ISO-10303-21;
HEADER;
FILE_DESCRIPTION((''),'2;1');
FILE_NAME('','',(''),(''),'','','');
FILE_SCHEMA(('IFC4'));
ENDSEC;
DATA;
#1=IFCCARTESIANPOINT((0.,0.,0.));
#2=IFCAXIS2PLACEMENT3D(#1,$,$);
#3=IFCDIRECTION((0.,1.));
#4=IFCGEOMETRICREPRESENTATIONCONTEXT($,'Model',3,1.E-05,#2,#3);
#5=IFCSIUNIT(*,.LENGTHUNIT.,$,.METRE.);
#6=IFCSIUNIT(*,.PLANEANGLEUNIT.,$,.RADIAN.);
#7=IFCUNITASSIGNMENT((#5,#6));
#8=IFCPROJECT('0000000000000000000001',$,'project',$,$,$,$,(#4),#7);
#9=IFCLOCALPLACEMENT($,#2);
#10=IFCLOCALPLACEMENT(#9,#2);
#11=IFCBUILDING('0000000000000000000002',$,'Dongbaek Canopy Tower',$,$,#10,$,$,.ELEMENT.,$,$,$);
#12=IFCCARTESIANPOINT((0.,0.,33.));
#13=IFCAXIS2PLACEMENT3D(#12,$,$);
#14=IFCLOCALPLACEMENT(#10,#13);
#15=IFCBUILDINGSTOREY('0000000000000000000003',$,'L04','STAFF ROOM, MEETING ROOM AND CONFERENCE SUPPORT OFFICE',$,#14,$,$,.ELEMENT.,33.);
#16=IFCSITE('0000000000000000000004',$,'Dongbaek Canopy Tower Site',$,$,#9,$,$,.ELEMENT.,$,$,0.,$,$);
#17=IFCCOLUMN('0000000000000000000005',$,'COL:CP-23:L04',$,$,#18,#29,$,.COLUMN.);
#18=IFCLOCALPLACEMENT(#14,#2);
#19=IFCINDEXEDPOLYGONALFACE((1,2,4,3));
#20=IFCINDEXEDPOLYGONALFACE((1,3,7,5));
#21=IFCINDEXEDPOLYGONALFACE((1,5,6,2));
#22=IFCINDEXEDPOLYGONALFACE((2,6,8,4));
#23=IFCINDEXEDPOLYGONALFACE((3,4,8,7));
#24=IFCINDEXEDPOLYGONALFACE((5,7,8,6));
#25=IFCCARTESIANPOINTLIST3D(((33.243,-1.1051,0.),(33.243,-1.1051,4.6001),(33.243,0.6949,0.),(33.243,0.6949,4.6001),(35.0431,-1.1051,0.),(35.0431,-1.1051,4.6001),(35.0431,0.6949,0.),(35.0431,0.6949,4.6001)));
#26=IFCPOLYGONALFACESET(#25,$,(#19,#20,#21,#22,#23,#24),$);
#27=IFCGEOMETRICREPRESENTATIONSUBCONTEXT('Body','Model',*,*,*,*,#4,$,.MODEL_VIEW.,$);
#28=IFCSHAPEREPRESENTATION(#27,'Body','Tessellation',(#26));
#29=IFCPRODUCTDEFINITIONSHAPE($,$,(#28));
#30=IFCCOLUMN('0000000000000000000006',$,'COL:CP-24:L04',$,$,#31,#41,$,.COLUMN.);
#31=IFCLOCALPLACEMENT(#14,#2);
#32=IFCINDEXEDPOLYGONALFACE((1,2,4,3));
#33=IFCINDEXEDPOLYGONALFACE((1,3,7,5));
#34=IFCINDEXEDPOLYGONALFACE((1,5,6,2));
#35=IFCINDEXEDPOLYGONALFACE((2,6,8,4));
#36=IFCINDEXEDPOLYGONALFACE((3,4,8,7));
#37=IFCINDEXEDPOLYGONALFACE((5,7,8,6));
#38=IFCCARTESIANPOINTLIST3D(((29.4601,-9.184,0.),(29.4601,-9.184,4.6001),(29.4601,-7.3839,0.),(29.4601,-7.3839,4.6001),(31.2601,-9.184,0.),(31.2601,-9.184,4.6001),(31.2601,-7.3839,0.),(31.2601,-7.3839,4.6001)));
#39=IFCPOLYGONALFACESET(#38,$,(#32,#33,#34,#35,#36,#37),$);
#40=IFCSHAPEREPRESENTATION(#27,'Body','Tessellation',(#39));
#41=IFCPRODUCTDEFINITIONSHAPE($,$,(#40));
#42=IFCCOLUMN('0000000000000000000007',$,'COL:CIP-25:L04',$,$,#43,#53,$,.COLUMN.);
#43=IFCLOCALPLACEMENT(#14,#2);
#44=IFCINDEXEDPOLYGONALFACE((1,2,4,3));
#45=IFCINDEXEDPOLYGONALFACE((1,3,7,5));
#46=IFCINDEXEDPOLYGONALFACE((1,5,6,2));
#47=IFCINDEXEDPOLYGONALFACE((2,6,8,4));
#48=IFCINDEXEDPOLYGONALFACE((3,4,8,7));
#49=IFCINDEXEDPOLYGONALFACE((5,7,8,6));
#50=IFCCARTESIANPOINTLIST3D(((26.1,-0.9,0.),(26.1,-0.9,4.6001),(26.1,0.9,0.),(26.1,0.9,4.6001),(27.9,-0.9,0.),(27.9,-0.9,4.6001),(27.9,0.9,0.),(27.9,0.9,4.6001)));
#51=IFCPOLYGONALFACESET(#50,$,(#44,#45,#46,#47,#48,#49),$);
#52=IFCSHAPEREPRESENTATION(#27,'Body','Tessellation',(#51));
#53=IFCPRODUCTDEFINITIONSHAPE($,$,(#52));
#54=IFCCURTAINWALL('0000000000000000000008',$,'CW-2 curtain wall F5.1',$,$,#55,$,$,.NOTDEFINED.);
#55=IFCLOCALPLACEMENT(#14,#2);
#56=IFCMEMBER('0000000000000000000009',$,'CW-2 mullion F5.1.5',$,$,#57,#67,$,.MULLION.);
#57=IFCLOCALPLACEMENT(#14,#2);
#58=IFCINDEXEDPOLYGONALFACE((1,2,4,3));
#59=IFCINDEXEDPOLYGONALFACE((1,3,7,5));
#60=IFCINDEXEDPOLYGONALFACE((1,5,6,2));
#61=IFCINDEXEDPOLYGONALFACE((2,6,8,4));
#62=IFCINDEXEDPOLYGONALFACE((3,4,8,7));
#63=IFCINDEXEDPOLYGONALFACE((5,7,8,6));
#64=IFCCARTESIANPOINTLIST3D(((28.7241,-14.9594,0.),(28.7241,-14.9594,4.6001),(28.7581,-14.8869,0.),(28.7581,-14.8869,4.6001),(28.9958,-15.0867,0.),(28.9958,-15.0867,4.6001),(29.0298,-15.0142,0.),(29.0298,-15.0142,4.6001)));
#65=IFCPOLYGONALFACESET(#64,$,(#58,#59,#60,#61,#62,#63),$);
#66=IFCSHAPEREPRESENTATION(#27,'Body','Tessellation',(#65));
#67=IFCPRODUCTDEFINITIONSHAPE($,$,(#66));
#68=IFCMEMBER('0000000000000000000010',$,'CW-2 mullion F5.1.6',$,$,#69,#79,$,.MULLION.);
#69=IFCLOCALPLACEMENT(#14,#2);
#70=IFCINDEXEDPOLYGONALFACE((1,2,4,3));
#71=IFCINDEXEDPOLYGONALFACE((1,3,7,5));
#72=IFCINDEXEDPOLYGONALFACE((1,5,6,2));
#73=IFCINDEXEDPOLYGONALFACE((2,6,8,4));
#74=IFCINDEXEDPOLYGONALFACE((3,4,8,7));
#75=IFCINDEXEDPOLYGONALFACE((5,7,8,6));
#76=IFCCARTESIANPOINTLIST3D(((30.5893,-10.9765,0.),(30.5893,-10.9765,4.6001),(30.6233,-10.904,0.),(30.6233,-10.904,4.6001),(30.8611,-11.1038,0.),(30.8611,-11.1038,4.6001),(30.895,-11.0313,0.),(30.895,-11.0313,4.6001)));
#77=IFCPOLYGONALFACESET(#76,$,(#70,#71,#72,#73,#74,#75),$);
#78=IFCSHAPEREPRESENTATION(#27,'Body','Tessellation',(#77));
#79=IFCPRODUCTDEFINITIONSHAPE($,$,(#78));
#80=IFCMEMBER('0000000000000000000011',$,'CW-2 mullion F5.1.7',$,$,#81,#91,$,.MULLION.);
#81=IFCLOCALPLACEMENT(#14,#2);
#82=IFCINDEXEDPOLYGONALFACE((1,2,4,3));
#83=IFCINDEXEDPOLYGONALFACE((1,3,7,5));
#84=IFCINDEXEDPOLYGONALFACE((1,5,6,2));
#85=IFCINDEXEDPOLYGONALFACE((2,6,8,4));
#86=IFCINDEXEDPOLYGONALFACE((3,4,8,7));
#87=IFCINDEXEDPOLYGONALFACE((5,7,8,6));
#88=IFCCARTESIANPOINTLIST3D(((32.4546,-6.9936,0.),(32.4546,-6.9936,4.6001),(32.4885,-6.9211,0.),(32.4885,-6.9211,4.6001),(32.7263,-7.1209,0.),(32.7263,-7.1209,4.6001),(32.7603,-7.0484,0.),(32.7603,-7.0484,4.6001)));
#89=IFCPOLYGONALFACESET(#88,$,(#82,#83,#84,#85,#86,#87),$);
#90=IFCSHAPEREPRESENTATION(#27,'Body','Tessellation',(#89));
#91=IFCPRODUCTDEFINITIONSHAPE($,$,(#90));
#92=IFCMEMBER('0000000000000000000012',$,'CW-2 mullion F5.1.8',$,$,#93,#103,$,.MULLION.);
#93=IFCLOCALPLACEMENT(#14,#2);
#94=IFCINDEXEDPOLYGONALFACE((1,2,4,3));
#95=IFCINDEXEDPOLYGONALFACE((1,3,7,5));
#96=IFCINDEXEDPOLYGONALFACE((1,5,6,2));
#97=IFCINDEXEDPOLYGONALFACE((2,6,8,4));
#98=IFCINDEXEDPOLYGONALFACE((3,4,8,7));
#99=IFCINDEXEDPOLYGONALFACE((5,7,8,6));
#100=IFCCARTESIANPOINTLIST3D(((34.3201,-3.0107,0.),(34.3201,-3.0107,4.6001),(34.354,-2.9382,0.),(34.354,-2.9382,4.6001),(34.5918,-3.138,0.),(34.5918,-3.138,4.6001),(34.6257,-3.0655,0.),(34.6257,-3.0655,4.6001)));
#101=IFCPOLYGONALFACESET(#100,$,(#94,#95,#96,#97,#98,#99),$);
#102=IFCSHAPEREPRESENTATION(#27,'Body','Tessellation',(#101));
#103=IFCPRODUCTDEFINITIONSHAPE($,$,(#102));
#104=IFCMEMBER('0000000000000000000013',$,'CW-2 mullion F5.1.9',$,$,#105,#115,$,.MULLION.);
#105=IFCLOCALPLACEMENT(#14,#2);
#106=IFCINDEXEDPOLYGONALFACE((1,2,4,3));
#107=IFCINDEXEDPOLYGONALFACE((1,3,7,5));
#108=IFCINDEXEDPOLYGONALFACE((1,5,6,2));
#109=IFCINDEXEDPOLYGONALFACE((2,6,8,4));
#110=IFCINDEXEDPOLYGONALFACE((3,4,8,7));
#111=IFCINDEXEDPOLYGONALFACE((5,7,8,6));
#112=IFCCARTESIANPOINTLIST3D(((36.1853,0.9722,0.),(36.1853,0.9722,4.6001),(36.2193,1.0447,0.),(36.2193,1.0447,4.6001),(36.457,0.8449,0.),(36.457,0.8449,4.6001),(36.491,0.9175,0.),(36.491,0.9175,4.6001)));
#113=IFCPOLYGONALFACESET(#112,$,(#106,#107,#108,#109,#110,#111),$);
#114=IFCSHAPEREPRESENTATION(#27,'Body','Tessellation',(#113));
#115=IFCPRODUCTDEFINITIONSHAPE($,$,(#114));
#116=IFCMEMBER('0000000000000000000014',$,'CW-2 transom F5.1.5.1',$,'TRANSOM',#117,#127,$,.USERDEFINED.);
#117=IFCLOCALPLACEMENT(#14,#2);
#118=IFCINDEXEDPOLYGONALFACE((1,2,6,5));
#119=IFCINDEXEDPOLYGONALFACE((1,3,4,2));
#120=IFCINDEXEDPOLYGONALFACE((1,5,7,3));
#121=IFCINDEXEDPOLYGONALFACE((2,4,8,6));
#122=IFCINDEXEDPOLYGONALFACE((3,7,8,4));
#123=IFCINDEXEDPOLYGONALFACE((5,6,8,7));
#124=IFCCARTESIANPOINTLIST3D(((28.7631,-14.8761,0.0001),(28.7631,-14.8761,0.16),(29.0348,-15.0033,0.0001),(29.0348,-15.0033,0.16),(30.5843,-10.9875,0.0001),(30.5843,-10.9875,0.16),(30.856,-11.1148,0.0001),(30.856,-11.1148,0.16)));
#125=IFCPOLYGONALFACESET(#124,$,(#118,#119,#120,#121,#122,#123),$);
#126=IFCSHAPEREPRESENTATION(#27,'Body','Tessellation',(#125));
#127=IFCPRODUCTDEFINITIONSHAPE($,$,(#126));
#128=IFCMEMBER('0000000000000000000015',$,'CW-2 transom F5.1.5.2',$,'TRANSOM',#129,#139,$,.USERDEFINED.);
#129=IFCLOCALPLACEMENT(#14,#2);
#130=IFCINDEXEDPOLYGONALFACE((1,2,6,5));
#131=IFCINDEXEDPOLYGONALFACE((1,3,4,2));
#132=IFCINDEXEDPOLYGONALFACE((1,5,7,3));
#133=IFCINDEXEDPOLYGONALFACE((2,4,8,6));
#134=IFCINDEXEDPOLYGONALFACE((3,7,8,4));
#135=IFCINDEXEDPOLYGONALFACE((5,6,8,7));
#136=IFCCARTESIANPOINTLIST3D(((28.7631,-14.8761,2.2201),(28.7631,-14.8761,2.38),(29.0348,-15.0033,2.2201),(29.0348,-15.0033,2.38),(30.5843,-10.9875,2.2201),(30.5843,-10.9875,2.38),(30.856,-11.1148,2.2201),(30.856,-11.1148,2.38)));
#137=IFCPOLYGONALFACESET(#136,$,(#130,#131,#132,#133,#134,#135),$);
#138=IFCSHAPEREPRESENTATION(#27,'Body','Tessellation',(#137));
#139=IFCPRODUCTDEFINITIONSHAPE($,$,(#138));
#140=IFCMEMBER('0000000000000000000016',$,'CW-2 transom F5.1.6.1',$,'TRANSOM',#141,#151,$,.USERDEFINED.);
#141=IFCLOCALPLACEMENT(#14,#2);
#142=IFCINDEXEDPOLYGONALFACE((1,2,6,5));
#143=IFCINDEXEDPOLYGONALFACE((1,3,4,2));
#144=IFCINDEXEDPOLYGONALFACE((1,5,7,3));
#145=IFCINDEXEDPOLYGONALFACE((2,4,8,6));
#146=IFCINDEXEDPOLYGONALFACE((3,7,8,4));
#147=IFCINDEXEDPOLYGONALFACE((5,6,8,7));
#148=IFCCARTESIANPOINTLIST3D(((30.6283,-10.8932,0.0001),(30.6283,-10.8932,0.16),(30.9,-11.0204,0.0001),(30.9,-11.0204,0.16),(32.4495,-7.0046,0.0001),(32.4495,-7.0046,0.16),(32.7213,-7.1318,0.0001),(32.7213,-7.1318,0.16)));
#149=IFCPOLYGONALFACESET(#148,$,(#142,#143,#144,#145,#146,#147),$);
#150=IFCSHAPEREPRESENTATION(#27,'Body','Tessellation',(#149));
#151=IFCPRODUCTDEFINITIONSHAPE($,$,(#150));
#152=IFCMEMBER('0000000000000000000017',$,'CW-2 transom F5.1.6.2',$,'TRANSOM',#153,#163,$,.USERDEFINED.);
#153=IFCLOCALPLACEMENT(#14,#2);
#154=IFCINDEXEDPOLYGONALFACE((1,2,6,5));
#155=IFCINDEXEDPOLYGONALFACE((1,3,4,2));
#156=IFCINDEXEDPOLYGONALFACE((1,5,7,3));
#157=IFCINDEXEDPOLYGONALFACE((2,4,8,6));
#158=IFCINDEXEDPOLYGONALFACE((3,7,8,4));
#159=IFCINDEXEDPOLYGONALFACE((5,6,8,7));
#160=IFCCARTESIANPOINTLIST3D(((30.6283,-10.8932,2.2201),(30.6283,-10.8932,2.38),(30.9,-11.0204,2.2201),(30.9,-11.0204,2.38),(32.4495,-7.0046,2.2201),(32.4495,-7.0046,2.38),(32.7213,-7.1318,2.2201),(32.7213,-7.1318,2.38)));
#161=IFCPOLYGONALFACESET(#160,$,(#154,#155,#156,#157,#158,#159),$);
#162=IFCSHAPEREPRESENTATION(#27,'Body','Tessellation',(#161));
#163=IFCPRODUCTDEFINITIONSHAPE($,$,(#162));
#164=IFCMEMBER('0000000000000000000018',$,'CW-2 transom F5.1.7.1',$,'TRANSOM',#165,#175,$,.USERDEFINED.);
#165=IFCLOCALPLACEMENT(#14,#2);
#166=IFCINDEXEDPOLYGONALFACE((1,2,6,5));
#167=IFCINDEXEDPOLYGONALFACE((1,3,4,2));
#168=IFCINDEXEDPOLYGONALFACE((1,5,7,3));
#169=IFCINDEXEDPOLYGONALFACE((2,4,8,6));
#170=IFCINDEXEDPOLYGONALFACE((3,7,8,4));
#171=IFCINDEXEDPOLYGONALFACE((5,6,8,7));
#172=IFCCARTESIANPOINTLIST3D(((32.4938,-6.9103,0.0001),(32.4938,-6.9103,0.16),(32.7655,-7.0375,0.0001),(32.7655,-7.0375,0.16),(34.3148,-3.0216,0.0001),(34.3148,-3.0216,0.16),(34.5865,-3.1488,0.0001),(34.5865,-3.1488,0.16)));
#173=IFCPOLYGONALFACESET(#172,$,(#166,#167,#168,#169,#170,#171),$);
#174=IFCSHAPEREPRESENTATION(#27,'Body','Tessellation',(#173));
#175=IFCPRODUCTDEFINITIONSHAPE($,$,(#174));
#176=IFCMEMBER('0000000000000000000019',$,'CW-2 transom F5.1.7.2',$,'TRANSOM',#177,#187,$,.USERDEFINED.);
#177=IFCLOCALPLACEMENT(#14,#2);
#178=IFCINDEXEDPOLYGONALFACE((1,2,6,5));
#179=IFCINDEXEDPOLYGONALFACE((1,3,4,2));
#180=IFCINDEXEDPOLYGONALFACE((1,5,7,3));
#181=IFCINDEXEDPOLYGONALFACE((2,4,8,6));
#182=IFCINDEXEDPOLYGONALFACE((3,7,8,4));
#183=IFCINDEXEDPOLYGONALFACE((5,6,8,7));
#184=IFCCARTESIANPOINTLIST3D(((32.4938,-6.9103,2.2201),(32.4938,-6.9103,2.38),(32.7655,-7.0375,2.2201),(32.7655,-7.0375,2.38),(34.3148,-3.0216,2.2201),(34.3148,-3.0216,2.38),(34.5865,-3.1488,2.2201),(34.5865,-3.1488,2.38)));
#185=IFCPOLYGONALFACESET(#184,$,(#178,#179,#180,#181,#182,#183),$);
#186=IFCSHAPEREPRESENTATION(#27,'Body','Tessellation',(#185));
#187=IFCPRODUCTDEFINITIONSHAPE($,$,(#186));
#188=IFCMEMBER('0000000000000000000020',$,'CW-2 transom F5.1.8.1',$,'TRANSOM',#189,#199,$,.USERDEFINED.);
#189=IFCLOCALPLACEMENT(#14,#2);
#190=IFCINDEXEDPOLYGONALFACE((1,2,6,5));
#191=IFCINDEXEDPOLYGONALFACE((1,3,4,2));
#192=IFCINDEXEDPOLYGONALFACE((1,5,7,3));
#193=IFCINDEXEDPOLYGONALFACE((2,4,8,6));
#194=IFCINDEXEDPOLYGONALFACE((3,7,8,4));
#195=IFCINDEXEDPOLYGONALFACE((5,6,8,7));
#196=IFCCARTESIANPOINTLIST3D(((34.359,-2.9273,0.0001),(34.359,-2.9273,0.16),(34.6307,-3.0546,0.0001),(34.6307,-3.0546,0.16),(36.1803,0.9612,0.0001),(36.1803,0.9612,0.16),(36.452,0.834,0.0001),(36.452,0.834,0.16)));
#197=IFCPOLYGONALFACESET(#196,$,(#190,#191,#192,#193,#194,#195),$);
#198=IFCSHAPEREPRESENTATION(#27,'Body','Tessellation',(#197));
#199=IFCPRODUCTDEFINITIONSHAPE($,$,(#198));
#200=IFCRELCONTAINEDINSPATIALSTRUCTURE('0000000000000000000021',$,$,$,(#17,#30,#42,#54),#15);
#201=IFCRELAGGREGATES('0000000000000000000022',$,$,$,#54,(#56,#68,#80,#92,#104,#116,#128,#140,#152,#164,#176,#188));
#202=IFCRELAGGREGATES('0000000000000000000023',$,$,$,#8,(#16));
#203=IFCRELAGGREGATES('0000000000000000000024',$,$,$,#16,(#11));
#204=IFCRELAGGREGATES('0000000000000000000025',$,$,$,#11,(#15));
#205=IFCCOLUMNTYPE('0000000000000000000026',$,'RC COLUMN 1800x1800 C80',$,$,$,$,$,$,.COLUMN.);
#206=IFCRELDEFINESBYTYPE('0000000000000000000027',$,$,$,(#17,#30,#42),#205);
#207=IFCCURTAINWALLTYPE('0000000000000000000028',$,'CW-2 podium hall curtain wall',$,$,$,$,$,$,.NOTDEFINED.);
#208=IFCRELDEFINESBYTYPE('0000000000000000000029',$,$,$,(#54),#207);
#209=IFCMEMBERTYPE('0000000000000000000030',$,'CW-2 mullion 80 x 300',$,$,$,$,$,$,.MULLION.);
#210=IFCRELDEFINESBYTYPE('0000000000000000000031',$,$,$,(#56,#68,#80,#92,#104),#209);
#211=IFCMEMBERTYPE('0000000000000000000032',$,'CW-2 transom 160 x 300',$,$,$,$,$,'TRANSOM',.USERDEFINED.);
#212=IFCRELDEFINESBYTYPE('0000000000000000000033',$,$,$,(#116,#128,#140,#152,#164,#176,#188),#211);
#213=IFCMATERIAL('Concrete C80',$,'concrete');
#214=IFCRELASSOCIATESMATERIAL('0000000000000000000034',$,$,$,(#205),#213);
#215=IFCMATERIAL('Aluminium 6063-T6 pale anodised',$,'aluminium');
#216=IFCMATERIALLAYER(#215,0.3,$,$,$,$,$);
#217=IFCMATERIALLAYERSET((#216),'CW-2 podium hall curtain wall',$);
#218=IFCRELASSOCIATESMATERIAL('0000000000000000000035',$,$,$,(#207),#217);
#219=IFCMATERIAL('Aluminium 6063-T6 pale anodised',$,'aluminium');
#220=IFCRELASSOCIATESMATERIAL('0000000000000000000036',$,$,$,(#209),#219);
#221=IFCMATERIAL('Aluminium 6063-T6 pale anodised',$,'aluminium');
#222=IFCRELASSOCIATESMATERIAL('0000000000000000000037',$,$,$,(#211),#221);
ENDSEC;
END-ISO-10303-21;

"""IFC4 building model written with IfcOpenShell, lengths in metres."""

from ifc_helpers import new_model, si_unit, direction, frame, origin, origin_2d, place, context, subcontext, project, spatial, rectangle, extrude, material, layer, layer_set, material_profile, profile_set, type_object, element, aggregate, save


model = new_model("IFC4")

# Units and contexts
model_context = context("Model", 3, precision=1e-05, world=origin(), true_north=direction((0.0, 1.0)))
body_context = subcontext(model_context, "Body", "Model", "MODEL_VIEW")
ifc_project = project(units=[si_unit("LENGTHUNIT", "METRE"), si_unit("PLANEANGLEUNIT", "RADIAN")], contexts=[model_context])

# Site, building, storey
site_placement = place(None, origin())
site = spatial("IfcSite", under=ifc_project, at=site_placement, Name="Dongbaek Canopy Tower Site", CompositionType="ELEMENT", RefElevation=0.0)
building_placement = place(site_placement, origin())
building = spatial("IfcBuilding", under=site, at=building_placement, Name="Dongbaek Canopy Tower", CompositionType="ELEMENT")
storey_placement = place(building_placement, frame((0.0, 0.0, 33.0)))
storey = spatial("IfcBuildingStorey", under=building, at=storey_placement, Name="L04", Description="STAFF ROOM, MEETING ROOM AND CONFERENCE SUPPORT OFFICE", CompositionType="ELEMENT", Elevation=33.0)

# Columns
ifc_material_1 = material(Name="Concrete C80", Category="concrete")
ifc_material_profile_1 = material_profile(ifc_material_1, rectangle(XDim=1.8, YDim=1.8, at=origin_2d()), Name="RC COLUMN 1800x1800 C80")
ifc_profile_set_1 = profile_set([ifc_material_profile_1], Name="Concrete C80")
column_type = type_object("IfcColumnType", Name="RC COLUMN 1800x1800 C80", PredefinedType="COLUMN", material=ifc_profile_set_1)
for number, where, z_axis, x_axis, name in (
    (1, (34.1431, -0.2051, 0.0), (0.0, 0.0, 1.0), (1.0, 0.0, 0.0), "COL:CP-23:L04"),
    (2, (30.3601, -8.2839, 0.0), (0.0, 0.0, 1.0), (1.0, 0.0, 0.0), "COL:CP-24:L04"),
    (3, (27.0, 0.0, 0.0), (0.0, 0.0, 1.0), (1.0, 0.0, 0.0), "COL:CIP-25:L04"),
):
    element("IfcColumn", number, at=place(storey_placement, frame(where, z_axis=z_axis, x_axis=x_axis)), inside=storey, type_object=column_type, Name=name, PredefinedType="COLUMN", context=body_context, shape_type="SweptSolid", body=[
        extrude(rectangle(XDim=1.8, YDim=1.8, at=origin_2d()), origin(), (0.0, 0.0, 1.0), 4.6001),
    ])

# Curtain wall, members
ifc_material_2 = material(Name="Aluminium 6063-T6 pale anodised", Category="aluminium")
ifc_layer_1 = layer(ifc_material_2, 0.3)
ifc_layer_set_1 = layer_set([ifc_layer_1], Name="CW-2 podium hall curtain wall")
curtain_wall_type = type_object("IfcCurtainWallType", Name="CW-2 podium hall curtain wall", PredefinedType="NOTDEFINED", material=ifc_layer_set_1)
curtain_wall_placement = place(storey_placement, origin())
curtain_wall = element("IfcCurtainWall", 4, at=curtain_wall_placement, inside=storey, type_object=curtain_wall_type, Name="CW-2 curtain wall F5.1", PredefinedType="NOTDEFINED")
ifc_material_3 = material(Name="Aluminium 6063-T6 pale anodised", Category="aluminium")
ifc_material_profile_2 = material_profile(ifc_material_3, rectangle(XDim=0.3, YDim=0.0801, at=origin_2d()), Name="CW-2 mullion 80 x 300")
ifc_profile_set_2 = profile_set([ifc_material_profile_2], Name="Aluminium 6063-T6 pale anodised")
member_type_1 = type_object("IfcMemberType", Name="CW-2 mullion 80 x 300", PredefinedType="MULLION", material=ifc_profile_set_2)
member_1_placement = place(storey_placement, frame((28.877, -14.9868, 0.0), z_axis=(0.0, 0.0, 1.0), x_axis=(0.905605, -0.424123, 0.0)))
member_1 = element("IfcMember", 5, at=member_1_placement, type_object=member_type_1, Name="CW-2 mullion F5.1.5", PredefinedType="MULLION", context=body_context, shape_type="SweptSolid", body=[
    extrude(rectangle(XDim=0.3, YDim=0.0801, at=origin_2d()), origin(), (0.0, 0.0, 1.0), 4.6001),
])
member_2_placement = place(storey_placement, frame((30.7422, -11.0039, 0.0), z_axis=(0.0, 0.0, 1.0), x_axis=(0.905605, -0.424123, 0.0)))
member_2 = element("IfcMember", 6, at=member_2_placement, type_object=member_type_1, Name="CW-2 mullion F5.1.6", PredefinedType="MULLION", context=body_context, shape_type="SweptSolid", body=[
    extrude(rectangle(XDim=0.3, YDim=0.0801, at=origin_2d()), origin(), (0.0, 0.0, 1.0), 4.6001),
])
member_3_placement = place(storey_placement, frame((32.6074, -7.021, 0.0), z_axis=(0.0, 0.0, 1.0), x_axis=(0.905605, -0.424123, 0.0)))
member_3 = element("IfcMember", 7, at=member_3_placement, type_object=member_type_1, Name="CW-2 mullion F5.1.7", PredefinedType="MULLION", context=body_context, shape_type="SweptSolid", body=[
    extrude(rectangle(XDim=0.3, YDim=0.0801, at=origin_2d()), origin(), (0.0, 0.0, 1.0), 4.6001),
])
member_4_placement = place(storey_placement, frame((34.4729, -3.0381, 0.0), z_axis=(0.0, 0.0, 1.0), x_axis=(0.905605, -0.424123, 0.0)))
member_4 = element("IfcMember", 8, at=member_4_placement, type_object=member_type_1, Name="CW-2 mullion F5.1.8", PredefinedType="MULLION", context=body_context, shape_type="SweptSolid", body=[
    extrude(rectangle(XDim=0.3, YDim=0.0801, at=origin_2d()), origin(), (0.0, 0.0, 1.0), 4.6001),
])
member_5_placement = place(storey_placement, frame((36.3381, 0.9448, 0.0), z_axis=(0.0, 0.0, 1.0), x_axis=(0.905605, -0.424123, 0.0)))
member_5 = element("IfcMember", 9, at=member_5_placement, type_object=member_type_1, Name="CW-2 mullion F5.1.9", PredefinedType="MULLION", context=body_context, shape_type="SweptSolid", body=[
    extrude(rectangle(XDim=0.3, YDim=0.0801, at=origin_2d()), origin(), (0.0, 0.0, 1.0), 4.6001),
])
ifc_material_4 = material(Name="Aluminium 6063-T6 pale anodised", Category="aluminium")
ifc_material_profile_3 = material_profile(ifc_material_4, rectangle(XDim=0.3, YDim=0.1599, at=origin_2d()), Name="CW-2 transom 160 x 300")
ifc_profile_set_3 = profile_set([ifc_material_profile_3], Name="Aluminium 6063-T6 pale anodised")
member_type_2 = type_object("IfcMemberType", Name="CW-2 transom 160 x 300", ElementType="TRANSOM", PredefinedType="USERDEFINED", material=ifc_profile_set_3)
member_6_placement = place(storey_placement, frame((28.8989, -14.9397, 0.0801), z_axis=(0.424143, 0.905595, 0.0), x_axis=(-0.905595, 0.424143, 0.0)))
member_6 = element("IfcMember", 10, at=member_6_placement, type_object=member_type_2, Name="CW-2 transom F5.1.5.1", ObjectType="TRANSOM", PredefinedType="USERDEFINED", context=body_context, shape_type="SweptSolid", body=[
    extrude(rectangle(XDim=0.3, YDim=0.1599, at=origin_2d()), origin(), (0.0, 0.0, 1.0), 4.2939),
])
member_7_placement = place(storey_placement, frame((28.8989, -14.9397, 2.3), z_axis=(0.424143, 0.905595, 0.0), x_axis=(-0.905595, 0.424143, 0.0)))
member_7 = element("IfcMember", 11, at=member_7_placement, type_object=member_type_2, Name="CW-2 transom F5.1.5.2", ObjectType="TRANSOM", PredefinedType="USERDEFINED", context=body_context, shape_type="SweptSolid", body=[
    extrude(rectangle(XDim=0.3, YDim=0.1599, at=origin_2d()), origin(), (0.0, 0.0, 1.0), 4.2939),
])
member_8_placement = place(storey_placement, frame((30.7642, -10.9568, 0.0801), z_axis=(0.424143, 0.905595, 0.0), x_axis=(-0.905595, 0.424143, 0.0)))
member_8 = element("IfcMember", 12, at=member_8_placement, type_object=member_type_2, Name="CW-2 transom F5.1.6.1", ObjectType="TRANSOM", PredefinedType="USERDEFINED", context=body_context, shape_type="SweptSolid", body=[
    extrude(rectangle(XDim=0.3, YDim=0.1599, at=origin_2d()), origin(), (0.0, 0.0, 1.0), 4.2939),
])
member_9_placement = place(storey_placement, frame((30.7642, -10.9568, 2.3), z_axis=(0.424143, 0.905595, 0.0), x_axis=(-0.905595, 0.424143, 0.0)))
member_9 = element("IfcMember", 13, at=member_9_placement, type_object=member_type_2, Name="CW-2 transom F5.1.6.2", ObjectType="TRANSOM", PredefinedType="USERDEFINED", context=body_context, shape_type="SweptSolid", body=[
    extrude(rectangle(XDim=0.3, YDim=0.1599, at=origin_2d()), origin(), (0.0, 0.0, 1.0), 4.2939),
])
member_10_placement = place(storey_placement, frame((32.6296, -6.9739, 0.0801), z_axis=(0.424096, 0.905617, 0.0), x_axis=(-0.905617, 0.424096, 0.0)))
member_10 = element("IfcMember", 14, at=member_10_placement, type_object=member_type_2, Name="CW-2 transom F5.1.7.1", ObjectType="TRANSOM", PredefinedType="USERDEFINED", context=body_context, shape_type="SweptSolid", body=[
    extrude(rectangle(XDim=0.3, YDim=0.1599, at=origin_2d()), origin(), (0.0, 0.0, 1.0), 4.2939),
])
member_11_placement = place(storey_placement, frame((32.6296, -6.9739, 2.3), z_axis=(0.424096, 0.905617, 0.0), x_axis=(-0.905617, 0.424096, 0.0)))
member_11 = element("IfcMember", 15, at=member_11_placement, type_object=member_type_2, Name="CW-2 transom F5.1.7.2", ObjectType="TRANSOM", PredefinedType="USERDEFINED", context=body_context, shape_type="SweptSolid", body=[
    extrude(rectangle(XDim=0.3, YDim=0.1599, at=origin_2d()), origin(), (0.0, 0.0, 1.0), 4.2939),
])
member_12_placement = place(storey_placement, frame((34.4949, -2.991, 0.0801), z_axis=(0.424143, 0.905595, 0.0), x_axis=(-0.905595, 0.424143, 0.0)))
member_12 = element("IfcMember", 16, at=member_12_placement, type_object=member_type_2, Name="CW-2 transom F5.1.8.1", ObjectType="TRANSOM", PredefinedType="USERDEFINED", context=body_context, shape_type="SweptSolid", body=[
    extrude(rectangle(XDim=0.3, YDim=0.1599, at=origin_2d()), origin(), (0.0, 0.0, 1.0), 4.2939),
])
aggregate(curtain_wall, [member_1, member_2, member_3, member_4, member_5, member_6, member_7, member_8, member_9, member_10, member_11, member_12])

save(model, "model.ifc")
